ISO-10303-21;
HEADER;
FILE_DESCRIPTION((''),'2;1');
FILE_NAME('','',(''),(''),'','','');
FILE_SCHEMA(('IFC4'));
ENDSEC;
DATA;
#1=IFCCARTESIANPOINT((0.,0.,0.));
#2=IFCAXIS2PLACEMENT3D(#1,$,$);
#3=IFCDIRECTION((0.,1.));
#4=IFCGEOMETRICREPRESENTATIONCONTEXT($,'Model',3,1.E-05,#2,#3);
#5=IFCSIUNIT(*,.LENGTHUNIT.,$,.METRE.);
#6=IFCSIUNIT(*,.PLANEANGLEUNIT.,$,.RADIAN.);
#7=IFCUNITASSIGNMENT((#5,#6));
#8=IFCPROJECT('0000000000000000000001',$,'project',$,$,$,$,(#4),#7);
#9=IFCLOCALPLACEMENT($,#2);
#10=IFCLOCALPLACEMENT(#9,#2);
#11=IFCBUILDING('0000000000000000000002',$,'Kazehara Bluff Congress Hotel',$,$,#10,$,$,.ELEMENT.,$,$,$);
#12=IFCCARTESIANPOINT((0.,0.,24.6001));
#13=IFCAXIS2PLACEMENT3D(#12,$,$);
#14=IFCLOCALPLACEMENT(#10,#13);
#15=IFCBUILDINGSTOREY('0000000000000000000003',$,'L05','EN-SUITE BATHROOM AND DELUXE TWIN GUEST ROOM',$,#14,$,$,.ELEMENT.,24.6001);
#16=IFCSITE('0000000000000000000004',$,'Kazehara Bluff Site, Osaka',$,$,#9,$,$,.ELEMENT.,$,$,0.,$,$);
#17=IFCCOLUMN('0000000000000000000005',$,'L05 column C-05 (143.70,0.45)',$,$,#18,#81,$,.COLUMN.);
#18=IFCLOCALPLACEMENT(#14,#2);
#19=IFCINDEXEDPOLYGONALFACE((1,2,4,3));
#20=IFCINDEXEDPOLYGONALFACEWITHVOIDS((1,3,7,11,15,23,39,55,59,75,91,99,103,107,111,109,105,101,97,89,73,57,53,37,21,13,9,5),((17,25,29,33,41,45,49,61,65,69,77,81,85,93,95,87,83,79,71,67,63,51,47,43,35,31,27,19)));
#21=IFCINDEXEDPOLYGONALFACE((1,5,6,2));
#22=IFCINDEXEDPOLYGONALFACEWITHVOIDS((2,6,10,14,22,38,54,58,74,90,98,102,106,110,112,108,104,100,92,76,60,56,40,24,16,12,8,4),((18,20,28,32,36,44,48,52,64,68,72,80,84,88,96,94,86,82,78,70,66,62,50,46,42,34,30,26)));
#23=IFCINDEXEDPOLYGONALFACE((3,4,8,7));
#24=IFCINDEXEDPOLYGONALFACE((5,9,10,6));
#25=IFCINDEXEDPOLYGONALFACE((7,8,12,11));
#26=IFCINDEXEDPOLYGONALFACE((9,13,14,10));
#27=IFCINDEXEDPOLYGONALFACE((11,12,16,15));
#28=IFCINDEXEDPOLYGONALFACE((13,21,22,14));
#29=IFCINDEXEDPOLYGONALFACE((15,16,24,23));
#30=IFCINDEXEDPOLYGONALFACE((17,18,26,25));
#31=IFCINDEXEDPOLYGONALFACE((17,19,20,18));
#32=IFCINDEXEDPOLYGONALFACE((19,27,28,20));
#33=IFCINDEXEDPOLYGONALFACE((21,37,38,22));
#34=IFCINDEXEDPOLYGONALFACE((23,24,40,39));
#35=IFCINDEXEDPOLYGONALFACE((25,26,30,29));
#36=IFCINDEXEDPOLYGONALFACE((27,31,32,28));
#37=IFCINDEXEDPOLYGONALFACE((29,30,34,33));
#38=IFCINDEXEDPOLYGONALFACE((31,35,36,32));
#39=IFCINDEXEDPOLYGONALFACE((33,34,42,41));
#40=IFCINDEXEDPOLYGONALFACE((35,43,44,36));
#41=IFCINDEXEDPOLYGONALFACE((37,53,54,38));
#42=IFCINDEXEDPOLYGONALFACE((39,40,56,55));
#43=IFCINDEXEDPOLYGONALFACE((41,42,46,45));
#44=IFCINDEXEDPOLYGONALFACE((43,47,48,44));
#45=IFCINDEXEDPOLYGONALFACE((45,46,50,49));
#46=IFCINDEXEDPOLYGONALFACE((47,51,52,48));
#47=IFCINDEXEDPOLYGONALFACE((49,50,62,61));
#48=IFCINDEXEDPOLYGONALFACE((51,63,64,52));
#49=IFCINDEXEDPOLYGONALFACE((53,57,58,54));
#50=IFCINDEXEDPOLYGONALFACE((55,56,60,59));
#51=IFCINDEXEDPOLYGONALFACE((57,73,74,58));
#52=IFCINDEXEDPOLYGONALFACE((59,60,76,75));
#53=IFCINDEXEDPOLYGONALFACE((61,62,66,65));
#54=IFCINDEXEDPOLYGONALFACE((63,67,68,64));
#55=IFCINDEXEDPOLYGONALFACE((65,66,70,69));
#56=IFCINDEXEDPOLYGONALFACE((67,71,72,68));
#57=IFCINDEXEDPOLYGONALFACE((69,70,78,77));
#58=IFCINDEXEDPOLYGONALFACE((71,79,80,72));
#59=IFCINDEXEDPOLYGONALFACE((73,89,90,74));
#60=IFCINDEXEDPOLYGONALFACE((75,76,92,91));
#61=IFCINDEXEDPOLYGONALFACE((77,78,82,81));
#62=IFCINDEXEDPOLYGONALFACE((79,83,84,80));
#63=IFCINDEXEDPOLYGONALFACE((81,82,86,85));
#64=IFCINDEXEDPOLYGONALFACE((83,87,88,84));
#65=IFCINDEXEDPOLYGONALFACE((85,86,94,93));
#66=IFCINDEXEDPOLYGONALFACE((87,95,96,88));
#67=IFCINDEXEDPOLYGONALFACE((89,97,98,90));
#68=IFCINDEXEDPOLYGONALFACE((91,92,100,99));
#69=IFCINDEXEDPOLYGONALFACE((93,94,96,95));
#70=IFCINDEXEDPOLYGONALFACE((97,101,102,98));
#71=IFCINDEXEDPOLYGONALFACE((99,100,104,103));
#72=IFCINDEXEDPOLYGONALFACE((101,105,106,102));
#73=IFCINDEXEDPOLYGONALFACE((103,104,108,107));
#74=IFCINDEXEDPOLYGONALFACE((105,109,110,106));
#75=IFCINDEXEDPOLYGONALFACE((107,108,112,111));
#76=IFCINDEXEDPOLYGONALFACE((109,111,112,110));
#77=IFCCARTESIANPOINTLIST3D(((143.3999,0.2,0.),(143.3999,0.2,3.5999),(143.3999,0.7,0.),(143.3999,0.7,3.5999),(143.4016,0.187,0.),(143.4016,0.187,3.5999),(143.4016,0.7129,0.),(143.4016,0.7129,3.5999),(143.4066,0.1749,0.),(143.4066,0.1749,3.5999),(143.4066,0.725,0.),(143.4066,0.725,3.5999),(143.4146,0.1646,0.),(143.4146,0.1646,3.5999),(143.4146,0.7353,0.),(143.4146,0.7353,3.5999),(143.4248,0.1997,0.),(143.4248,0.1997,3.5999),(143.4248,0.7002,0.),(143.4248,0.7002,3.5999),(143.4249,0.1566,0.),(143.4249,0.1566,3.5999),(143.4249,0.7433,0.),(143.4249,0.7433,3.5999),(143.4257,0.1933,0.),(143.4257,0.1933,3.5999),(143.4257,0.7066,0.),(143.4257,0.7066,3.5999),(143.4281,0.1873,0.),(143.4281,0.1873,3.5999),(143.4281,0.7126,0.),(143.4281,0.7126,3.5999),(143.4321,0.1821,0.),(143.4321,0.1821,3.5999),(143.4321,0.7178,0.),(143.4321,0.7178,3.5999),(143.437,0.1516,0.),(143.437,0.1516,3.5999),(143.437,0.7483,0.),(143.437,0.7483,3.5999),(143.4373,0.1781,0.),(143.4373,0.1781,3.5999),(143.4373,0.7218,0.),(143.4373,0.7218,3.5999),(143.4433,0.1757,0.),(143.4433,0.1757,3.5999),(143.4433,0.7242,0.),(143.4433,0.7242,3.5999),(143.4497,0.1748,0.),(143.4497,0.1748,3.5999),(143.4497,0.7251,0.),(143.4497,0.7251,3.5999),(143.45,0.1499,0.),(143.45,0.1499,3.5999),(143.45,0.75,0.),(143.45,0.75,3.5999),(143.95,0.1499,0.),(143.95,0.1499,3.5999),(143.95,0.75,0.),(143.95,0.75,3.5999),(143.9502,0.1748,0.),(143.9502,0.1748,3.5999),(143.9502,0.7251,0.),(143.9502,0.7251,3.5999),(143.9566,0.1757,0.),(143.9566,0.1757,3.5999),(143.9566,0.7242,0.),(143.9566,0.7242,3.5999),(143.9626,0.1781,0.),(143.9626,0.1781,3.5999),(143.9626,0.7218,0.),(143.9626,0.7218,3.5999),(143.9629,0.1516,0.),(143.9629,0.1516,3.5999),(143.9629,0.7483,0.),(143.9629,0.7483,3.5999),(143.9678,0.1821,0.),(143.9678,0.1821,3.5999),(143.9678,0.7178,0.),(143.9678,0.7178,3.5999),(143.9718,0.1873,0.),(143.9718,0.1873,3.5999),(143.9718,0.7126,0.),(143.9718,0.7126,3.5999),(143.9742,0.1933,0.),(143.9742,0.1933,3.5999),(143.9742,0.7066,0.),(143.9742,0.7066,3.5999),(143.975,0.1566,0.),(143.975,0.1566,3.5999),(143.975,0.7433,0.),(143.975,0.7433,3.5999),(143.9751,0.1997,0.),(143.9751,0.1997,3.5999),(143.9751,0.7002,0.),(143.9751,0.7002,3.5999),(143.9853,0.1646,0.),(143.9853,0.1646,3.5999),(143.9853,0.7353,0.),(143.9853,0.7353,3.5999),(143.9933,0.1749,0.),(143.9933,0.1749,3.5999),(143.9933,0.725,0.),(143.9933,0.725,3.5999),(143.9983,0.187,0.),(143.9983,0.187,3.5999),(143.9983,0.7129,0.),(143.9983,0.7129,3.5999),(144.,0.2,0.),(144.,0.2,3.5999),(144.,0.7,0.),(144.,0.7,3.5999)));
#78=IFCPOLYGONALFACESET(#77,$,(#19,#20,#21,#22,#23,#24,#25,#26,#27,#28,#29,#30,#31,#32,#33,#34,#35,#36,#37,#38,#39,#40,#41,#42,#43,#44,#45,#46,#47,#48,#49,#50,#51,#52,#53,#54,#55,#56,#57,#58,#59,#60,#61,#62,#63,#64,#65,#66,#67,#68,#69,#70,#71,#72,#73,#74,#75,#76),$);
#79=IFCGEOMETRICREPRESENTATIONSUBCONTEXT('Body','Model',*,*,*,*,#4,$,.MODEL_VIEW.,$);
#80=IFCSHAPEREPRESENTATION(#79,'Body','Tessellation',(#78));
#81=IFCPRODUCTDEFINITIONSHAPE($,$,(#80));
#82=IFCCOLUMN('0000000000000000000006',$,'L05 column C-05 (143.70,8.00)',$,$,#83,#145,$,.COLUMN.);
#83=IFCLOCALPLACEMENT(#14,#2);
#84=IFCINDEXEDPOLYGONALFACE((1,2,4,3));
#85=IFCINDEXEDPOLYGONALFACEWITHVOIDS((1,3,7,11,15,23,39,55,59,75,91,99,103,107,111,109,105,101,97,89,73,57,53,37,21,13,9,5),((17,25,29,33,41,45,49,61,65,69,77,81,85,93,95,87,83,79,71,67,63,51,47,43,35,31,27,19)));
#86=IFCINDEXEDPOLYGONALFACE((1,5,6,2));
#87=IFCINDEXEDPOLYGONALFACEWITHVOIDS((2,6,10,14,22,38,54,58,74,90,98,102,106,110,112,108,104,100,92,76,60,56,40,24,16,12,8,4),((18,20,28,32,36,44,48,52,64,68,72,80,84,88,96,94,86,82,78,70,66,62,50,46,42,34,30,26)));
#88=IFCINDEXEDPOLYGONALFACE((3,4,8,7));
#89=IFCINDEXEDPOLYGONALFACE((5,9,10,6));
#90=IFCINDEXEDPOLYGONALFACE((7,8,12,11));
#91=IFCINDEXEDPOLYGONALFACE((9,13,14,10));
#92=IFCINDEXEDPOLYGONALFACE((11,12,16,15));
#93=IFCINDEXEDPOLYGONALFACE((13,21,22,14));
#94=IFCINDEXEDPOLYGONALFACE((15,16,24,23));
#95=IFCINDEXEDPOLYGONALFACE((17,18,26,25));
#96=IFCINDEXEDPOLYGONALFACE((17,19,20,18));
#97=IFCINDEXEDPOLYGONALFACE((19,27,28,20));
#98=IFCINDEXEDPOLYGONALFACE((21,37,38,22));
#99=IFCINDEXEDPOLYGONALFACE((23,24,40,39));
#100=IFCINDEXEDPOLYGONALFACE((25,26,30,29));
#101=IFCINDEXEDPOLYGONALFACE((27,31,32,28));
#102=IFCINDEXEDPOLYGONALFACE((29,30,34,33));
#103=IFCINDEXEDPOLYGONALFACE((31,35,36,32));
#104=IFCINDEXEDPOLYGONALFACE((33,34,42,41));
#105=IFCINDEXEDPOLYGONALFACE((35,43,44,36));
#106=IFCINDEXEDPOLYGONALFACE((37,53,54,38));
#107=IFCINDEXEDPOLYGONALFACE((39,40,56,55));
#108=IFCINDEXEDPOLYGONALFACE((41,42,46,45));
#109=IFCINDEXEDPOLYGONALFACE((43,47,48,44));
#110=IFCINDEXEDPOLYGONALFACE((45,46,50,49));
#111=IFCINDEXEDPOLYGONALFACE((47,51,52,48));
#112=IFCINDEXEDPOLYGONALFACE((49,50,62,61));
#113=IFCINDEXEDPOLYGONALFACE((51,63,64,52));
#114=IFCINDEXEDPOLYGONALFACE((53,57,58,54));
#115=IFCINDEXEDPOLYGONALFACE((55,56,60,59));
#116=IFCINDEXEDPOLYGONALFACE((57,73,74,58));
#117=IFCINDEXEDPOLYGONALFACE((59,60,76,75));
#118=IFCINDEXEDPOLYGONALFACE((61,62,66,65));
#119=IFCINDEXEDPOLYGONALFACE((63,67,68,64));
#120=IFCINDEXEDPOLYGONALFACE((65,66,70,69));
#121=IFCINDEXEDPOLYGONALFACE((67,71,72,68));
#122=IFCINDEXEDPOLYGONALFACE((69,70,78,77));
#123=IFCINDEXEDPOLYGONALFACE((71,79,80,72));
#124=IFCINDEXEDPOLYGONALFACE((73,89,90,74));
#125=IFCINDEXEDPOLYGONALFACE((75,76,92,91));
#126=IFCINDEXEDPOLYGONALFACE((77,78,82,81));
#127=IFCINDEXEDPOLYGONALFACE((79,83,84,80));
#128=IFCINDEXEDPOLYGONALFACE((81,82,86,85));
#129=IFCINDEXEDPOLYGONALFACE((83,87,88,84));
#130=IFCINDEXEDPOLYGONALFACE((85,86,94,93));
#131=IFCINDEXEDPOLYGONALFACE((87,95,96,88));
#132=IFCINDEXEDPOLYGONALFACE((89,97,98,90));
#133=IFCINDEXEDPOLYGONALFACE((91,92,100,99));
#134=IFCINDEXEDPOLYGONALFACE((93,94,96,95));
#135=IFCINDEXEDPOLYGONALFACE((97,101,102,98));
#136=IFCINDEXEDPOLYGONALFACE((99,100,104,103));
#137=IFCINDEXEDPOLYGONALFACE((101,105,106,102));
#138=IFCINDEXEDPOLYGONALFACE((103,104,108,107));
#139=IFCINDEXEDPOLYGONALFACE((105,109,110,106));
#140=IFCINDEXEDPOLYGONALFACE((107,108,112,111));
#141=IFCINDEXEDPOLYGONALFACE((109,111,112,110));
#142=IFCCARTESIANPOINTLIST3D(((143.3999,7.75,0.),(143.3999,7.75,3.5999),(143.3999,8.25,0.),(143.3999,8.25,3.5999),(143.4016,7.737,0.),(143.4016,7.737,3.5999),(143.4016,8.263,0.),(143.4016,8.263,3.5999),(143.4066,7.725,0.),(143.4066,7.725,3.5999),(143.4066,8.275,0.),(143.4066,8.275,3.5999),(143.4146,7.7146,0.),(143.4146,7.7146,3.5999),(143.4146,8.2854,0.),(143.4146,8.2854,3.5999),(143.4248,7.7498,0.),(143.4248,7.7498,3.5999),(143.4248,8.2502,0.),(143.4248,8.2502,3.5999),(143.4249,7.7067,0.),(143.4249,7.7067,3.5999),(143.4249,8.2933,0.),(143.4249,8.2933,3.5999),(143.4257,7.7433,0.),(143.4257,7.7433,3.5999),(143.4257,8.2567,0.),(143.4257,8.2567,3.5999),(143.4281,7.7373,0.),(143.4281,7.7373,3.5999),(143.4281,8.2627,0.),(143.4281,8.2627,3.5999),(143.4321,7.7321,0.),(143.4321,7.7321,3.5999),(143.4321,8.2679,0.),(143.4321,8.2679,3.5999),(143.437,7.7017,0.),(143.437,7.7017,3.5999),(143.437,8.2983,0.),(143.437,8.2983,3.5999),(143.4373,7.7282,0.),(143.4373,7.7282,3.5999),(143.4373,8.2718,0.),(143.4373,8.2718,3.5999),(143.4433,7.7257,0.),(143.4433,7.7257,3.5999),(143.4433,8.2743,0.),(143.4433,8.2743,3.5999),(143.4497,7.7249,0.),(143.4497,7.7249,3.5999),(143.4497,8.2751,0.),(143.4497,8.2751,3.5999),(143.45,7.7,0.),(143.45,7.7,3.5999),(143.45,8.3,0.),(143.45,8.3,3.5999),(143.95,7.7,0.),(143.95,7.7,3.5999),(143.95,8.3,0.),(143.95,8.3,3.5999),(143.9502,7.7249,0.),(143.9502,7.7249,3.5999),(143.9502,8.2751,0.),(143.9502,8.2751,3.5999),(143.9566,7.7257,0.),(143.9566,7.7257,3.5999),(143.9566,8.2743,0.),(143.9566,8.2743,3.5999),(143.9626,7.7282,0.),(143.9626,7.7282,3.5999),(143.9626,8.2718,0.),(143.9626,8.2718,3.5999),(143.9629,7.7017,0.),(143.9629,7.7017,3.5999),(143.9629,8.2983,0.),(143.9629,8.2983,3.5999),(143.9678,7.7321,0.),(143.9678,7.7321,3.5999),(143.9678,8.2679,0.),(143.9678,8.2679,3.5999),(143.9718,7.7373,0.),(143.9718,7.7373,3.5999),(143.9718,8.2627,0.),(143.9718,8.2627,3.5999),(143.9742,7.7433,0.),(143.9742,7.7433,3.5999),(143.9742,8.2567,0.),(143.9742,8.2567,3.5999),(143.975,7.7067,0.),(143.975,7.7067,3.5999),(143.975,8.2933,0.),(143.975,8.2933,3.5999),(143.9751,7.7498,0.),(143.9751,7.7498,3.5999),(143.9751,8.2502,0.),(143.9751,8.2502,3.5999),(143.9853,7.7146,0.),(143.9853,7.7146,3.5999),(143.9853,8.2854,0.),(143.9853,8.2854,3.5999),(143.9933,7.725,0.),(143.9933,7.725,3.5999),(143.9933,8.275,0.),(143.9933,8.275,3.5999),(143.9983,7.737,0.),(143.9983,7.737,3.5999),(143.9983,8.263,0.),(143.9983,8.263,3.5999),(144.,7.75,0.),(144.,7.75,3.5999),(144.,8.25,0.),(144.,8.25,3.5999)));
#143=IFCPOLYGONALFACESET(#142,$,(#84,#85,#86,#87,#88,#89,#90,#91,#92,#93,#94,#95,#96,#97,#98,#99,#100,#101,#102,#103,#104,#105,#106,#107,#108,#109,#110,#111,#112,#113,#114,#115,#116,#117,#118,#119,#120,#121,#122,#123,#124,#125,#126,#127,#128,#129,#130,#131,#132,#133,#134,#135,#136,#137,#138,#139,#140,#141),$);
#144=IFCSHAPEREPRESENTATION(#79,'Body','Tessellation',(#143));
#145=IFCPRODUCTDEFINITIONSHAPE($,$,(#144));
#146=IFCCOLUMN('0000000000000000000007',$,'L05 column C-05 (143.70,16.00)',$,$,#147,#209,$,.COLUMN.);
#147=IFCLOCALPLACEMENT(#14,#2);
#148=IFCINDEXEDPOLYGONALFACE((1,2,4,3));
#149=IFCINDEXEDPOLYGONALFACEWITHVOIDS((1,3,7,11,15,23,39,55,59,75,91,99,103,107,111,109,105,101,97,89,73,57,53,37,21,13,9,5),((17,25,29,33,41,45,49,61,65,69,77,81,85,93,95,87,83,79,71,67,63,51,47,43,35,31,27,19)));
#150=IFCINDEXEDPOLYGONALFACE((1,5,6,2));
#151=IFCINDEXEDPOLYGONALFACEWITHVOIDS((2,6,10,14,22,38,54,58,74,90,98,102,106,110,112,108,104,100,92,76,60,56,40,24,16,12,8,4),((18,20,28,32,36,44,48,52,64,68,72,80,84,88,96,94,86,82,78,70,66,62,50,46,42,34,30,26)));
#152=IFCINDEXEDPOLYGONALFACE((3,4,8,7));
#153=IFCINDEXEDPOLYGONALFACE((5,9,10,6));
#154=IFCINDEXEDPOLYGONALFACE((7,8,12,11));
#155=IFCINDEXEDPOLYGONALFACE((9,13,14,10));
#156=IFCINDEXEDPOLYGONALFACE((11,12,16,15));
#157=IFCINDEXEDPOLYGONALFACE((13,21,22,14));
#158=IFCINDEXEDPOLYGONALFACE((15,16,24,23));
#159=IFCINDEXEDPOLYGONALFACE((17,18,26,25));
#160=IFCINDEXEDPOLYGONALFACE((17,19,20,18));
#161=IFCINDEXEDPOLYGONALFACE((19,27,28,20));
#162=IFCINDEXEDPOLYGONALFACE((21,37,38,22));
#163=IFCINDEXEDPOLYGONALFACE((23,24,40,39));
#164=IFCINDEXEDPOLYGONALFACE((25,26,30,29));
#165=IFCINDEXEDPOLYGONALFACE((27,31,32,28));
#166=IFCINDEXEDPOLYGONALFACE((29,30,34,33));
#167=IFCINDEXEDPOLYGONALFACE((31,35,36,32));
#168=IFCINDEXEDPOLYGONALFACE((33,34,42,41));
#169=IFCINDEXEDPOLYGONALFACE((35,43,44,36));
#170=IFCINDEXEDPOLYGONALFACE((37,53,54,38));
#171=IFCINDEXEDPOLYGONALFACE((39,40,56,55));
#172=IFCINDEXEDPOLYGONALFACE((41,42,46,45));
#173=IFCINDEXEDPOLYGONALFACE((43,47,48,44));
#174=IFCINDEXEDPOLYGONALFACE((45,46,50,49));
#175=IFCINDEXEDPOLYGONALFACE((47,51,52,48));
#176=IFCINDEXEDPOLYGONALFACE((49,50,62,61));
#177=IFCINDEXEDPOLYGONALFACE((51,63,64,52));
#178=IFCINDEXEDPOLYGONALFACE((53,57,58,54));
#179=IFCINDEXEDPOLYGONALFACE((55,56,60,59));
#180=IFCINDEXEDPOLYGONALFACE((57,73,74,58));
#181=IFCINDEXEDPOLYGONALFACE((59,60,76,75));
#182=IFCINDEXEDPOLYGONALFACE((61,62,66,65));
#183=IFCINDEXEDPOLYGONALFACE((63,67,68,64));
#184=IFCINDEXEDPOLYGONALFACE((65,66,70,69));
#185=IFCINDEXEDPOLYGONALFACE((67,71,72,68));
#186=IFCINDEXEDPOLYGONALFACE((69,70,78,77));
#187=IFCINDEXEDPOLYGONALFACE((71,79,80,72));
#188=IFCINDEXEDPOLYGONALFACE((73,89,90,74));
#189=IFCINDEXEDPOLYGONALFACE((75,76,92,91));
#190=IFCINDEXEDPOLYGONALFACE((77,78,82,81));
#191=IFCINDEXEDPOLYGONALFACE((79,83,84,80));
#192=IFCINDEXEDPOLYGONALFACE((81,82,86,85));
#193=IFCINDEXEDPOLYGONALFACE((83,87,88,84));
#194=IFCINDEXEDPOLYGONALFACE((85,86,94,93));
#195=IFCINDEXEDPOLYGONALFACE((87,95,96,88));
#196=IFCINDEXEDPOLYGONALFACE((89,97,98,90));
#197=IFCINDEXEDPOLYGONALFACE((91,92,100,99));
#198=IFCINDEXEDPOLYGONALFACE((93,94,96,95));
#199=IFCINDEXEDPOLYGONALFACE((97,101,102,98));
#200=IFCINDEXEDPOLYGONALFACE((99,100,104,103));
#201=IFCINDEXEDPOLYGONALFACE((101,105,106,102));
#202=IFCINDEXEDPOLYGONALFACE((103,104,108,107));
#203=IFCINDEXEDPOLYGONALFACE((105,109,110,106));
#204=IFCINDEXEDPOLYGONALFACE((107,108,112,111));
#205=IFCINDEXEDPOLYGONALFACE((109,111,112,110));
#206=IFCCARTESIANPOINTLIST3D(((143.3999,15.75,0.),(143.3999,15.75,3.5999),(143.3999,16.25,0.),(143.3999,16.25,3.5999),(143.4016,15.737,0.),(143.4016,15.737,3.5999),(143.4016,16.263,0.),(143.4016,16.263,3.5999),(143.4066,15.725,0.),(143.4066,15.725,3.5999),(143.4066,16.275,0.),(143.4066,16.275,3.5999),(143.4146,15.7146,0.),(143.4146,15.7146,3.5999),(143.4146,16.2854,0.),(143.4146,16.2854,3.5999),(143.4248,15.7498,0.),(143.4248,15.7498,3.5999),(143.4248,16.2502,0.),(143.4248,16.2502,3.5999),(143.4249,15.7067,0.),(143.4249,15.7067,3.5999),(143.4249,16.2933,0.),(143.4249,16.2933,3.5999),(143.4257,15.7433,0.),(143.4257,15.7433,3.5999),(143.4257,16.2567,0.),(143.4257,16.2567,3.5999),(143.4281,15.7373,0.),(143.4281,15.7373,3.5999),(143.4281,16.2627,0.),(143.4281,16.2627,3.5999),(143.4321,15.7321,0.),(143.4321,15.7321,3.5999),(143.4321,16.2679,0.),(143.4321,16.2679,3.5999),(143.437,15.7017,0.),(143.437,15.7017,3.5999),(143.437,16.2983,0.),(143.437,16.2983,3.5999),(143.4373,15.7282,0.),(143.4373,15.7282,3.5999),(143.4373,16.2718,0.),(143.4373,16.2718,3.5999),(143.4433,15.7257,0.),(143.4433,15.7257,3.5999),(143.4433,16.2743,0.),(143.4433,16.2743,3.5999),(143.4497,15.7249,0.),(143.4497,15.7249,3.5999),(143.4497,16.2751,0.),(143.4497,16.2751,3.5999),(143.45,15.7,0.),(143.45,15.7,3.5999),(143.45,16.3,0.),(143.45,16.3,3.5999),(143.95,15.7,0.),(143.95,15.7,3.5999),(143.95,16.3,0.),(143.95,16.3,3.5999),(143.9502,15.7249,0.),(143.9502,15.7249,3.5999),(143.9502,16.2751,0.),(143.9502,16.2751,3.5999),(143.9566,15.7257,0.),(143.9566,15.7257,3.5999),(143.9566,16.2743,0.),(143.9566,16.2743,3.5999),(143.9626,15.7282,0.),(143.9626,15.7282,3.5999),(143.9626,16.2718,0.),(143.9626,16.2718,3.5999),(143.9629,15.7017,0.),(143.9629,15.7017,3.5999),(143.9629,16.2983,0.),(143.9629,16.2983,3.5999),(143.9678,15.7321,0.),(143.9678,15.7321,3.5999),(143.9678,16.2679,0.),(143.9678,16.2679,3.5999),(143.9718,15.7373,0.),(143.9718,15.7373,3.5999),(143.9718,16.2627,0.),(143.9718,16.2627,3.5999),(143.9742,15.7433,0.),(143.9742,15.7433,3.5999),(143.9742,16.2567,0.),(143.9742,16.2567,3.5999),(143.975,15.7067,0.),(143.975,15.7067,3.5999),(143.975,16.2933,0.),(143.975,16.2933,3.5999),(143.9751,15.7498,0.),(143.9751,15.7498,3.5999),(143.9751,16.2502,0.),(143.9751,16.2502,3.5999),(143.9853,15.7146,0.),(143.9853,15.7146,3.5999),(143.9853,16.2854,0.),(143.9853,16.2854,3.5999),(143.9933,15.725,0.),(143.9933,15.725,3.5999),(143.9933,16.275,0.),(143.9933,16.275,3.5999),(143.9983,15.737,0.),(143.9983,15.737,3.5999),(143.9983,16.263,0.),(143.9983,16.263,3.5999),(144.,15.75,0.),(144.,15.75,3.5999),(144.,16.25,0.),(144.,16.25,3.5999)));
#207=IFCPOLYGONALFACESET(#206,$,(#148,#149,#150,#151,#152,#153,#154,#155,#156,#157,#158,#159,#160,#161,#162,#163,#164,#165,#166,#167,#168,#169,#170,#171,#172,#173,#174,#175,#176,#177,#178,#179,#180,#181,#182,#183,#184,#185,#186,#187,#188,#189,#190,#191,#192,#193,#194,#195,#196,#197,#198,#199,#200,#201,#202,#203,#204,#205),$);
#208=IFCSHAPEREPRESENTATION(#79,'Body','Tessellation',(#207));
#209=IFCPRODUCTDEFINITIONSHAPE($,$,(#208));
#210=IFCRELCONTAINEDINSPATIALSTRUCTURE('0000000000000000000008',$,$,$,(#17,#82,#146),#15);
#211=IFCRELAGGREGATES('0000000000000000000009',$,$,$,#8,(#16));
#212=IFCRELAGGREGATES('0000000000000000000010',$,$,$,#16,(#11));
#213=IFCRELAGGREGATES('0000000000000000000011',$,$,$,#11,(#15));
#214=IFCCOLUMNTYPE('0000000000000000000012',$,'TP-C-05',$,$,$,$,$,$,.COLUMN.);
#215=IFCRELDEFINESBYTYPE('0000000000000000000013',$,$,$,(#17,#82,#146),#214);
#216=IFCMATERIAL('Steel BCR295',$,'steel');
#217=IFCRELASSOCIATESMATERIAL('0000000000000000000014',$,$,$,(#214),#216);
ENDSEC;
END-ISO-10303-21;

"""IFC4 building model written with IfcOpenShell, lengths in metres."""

from ifc_helpers import new_model, si_unit, direction, frame, origin, origin_2d, place, context, subcontext, project, spatial, hollow_rectangle, extrude, material, material_profile, profile_set, type_object, element, save


model = new_model("IFC4")

# Units and contexts
model_context = context("Model", 3, precision=1e-05, world=origin(), true_north=direction((0.0, 1.0)))
body_context = subcontext(model_context, "Body", "Model", "MODEL_VIEW")
ifc_project = project(units=[si_unit("LENGTHUNIT", "METRE"), si_unit("PLANEANGLEUNIT", "RADIAN")], contexts=[model_context])

# Site, building, storey
site_placement = place(None, origin())
site = spatial("IfcSite", under=ifc_project, at=site_placement, Name="Kazehara Bluff Site, Osaka", CompositionType="ELEMENT", RefElevation=0.0)
building_placement = place(site_placement, origin())
building = spatial("IfcBuilding", under=site, at=building_placement, Name="Kazehara Bluff Congress Hotel", CompositionType="ELEMENT")
storey_placement = place(building_placement, frame((0.0, 0.0, 24.6001)))
storey = spatial("IfcBuildingStorey", under=building, at=storey_placement, Name="L05", Description="EN-SUITE BATHROOM AND DELUXE TWIN GUEST ROOM", CompositionType="ELEMENT", Elevation=24.6001)

# Columns
ifc_material_1 = material(Name="Steel BCR295", Category="steel")
ifc_material_profile_1 = material_profile(ifc_material_1, hollow_rectangle(XDim=0.6001, YDim=0.6001, WallThickness=0.0249, InnerFilletRadius=0.0249, OuterFilletRadius=0.05, at=origin_2d()))
ifc_profile_set_1 = profile_set([ifc_material_profile_1], Name="Steel BCR295")
column_type = type_object("IfcColumnType", Name="TP-C-05", PredefinedType="COLUMN", material=ifc_profile_set_1)
for number, where, z_axis, x_axis, name in (
    (1, (143.7, 0.45, 0.0), (0.0, 0.0, 1.0), (1.0, 0.0, 0.0), "L05 column C-05 (143.70,0.45)"),
    (2, (143.7, 8.0, 0.0), (0.0, 0.0, 1.0), (1.0, 0.0, 0.0), "L05 column C-05 (143.70,8.00)"),
    (3, (143.7, 16.0, 0.0), (0.0, 0.0, 1.0), (1.0, 0.0, 0.0), "L05 column C-05 (143.70,16.00)"),
):
    element("IfcColumn", number, at=place(storey_placement, frame(where, z_axis=z_axis, x_axis=x_axis)), inside=storey, type_object=column_type, Name=name, PredefinedType="COLUMN", context=body_context, shape_type="SweptSolid", body=[
        extrude(hollow_rectangle(XDim=0.6001, YDim=0.6001, WallThickness=0.0249, InnerFilletRadius=0.0249, OuterFilletRadius=0.05, at=origin_2d()), origin(), (0.0, 0.0, 1.0), 3.5999),
    ])

save(model, "model.ifc")
